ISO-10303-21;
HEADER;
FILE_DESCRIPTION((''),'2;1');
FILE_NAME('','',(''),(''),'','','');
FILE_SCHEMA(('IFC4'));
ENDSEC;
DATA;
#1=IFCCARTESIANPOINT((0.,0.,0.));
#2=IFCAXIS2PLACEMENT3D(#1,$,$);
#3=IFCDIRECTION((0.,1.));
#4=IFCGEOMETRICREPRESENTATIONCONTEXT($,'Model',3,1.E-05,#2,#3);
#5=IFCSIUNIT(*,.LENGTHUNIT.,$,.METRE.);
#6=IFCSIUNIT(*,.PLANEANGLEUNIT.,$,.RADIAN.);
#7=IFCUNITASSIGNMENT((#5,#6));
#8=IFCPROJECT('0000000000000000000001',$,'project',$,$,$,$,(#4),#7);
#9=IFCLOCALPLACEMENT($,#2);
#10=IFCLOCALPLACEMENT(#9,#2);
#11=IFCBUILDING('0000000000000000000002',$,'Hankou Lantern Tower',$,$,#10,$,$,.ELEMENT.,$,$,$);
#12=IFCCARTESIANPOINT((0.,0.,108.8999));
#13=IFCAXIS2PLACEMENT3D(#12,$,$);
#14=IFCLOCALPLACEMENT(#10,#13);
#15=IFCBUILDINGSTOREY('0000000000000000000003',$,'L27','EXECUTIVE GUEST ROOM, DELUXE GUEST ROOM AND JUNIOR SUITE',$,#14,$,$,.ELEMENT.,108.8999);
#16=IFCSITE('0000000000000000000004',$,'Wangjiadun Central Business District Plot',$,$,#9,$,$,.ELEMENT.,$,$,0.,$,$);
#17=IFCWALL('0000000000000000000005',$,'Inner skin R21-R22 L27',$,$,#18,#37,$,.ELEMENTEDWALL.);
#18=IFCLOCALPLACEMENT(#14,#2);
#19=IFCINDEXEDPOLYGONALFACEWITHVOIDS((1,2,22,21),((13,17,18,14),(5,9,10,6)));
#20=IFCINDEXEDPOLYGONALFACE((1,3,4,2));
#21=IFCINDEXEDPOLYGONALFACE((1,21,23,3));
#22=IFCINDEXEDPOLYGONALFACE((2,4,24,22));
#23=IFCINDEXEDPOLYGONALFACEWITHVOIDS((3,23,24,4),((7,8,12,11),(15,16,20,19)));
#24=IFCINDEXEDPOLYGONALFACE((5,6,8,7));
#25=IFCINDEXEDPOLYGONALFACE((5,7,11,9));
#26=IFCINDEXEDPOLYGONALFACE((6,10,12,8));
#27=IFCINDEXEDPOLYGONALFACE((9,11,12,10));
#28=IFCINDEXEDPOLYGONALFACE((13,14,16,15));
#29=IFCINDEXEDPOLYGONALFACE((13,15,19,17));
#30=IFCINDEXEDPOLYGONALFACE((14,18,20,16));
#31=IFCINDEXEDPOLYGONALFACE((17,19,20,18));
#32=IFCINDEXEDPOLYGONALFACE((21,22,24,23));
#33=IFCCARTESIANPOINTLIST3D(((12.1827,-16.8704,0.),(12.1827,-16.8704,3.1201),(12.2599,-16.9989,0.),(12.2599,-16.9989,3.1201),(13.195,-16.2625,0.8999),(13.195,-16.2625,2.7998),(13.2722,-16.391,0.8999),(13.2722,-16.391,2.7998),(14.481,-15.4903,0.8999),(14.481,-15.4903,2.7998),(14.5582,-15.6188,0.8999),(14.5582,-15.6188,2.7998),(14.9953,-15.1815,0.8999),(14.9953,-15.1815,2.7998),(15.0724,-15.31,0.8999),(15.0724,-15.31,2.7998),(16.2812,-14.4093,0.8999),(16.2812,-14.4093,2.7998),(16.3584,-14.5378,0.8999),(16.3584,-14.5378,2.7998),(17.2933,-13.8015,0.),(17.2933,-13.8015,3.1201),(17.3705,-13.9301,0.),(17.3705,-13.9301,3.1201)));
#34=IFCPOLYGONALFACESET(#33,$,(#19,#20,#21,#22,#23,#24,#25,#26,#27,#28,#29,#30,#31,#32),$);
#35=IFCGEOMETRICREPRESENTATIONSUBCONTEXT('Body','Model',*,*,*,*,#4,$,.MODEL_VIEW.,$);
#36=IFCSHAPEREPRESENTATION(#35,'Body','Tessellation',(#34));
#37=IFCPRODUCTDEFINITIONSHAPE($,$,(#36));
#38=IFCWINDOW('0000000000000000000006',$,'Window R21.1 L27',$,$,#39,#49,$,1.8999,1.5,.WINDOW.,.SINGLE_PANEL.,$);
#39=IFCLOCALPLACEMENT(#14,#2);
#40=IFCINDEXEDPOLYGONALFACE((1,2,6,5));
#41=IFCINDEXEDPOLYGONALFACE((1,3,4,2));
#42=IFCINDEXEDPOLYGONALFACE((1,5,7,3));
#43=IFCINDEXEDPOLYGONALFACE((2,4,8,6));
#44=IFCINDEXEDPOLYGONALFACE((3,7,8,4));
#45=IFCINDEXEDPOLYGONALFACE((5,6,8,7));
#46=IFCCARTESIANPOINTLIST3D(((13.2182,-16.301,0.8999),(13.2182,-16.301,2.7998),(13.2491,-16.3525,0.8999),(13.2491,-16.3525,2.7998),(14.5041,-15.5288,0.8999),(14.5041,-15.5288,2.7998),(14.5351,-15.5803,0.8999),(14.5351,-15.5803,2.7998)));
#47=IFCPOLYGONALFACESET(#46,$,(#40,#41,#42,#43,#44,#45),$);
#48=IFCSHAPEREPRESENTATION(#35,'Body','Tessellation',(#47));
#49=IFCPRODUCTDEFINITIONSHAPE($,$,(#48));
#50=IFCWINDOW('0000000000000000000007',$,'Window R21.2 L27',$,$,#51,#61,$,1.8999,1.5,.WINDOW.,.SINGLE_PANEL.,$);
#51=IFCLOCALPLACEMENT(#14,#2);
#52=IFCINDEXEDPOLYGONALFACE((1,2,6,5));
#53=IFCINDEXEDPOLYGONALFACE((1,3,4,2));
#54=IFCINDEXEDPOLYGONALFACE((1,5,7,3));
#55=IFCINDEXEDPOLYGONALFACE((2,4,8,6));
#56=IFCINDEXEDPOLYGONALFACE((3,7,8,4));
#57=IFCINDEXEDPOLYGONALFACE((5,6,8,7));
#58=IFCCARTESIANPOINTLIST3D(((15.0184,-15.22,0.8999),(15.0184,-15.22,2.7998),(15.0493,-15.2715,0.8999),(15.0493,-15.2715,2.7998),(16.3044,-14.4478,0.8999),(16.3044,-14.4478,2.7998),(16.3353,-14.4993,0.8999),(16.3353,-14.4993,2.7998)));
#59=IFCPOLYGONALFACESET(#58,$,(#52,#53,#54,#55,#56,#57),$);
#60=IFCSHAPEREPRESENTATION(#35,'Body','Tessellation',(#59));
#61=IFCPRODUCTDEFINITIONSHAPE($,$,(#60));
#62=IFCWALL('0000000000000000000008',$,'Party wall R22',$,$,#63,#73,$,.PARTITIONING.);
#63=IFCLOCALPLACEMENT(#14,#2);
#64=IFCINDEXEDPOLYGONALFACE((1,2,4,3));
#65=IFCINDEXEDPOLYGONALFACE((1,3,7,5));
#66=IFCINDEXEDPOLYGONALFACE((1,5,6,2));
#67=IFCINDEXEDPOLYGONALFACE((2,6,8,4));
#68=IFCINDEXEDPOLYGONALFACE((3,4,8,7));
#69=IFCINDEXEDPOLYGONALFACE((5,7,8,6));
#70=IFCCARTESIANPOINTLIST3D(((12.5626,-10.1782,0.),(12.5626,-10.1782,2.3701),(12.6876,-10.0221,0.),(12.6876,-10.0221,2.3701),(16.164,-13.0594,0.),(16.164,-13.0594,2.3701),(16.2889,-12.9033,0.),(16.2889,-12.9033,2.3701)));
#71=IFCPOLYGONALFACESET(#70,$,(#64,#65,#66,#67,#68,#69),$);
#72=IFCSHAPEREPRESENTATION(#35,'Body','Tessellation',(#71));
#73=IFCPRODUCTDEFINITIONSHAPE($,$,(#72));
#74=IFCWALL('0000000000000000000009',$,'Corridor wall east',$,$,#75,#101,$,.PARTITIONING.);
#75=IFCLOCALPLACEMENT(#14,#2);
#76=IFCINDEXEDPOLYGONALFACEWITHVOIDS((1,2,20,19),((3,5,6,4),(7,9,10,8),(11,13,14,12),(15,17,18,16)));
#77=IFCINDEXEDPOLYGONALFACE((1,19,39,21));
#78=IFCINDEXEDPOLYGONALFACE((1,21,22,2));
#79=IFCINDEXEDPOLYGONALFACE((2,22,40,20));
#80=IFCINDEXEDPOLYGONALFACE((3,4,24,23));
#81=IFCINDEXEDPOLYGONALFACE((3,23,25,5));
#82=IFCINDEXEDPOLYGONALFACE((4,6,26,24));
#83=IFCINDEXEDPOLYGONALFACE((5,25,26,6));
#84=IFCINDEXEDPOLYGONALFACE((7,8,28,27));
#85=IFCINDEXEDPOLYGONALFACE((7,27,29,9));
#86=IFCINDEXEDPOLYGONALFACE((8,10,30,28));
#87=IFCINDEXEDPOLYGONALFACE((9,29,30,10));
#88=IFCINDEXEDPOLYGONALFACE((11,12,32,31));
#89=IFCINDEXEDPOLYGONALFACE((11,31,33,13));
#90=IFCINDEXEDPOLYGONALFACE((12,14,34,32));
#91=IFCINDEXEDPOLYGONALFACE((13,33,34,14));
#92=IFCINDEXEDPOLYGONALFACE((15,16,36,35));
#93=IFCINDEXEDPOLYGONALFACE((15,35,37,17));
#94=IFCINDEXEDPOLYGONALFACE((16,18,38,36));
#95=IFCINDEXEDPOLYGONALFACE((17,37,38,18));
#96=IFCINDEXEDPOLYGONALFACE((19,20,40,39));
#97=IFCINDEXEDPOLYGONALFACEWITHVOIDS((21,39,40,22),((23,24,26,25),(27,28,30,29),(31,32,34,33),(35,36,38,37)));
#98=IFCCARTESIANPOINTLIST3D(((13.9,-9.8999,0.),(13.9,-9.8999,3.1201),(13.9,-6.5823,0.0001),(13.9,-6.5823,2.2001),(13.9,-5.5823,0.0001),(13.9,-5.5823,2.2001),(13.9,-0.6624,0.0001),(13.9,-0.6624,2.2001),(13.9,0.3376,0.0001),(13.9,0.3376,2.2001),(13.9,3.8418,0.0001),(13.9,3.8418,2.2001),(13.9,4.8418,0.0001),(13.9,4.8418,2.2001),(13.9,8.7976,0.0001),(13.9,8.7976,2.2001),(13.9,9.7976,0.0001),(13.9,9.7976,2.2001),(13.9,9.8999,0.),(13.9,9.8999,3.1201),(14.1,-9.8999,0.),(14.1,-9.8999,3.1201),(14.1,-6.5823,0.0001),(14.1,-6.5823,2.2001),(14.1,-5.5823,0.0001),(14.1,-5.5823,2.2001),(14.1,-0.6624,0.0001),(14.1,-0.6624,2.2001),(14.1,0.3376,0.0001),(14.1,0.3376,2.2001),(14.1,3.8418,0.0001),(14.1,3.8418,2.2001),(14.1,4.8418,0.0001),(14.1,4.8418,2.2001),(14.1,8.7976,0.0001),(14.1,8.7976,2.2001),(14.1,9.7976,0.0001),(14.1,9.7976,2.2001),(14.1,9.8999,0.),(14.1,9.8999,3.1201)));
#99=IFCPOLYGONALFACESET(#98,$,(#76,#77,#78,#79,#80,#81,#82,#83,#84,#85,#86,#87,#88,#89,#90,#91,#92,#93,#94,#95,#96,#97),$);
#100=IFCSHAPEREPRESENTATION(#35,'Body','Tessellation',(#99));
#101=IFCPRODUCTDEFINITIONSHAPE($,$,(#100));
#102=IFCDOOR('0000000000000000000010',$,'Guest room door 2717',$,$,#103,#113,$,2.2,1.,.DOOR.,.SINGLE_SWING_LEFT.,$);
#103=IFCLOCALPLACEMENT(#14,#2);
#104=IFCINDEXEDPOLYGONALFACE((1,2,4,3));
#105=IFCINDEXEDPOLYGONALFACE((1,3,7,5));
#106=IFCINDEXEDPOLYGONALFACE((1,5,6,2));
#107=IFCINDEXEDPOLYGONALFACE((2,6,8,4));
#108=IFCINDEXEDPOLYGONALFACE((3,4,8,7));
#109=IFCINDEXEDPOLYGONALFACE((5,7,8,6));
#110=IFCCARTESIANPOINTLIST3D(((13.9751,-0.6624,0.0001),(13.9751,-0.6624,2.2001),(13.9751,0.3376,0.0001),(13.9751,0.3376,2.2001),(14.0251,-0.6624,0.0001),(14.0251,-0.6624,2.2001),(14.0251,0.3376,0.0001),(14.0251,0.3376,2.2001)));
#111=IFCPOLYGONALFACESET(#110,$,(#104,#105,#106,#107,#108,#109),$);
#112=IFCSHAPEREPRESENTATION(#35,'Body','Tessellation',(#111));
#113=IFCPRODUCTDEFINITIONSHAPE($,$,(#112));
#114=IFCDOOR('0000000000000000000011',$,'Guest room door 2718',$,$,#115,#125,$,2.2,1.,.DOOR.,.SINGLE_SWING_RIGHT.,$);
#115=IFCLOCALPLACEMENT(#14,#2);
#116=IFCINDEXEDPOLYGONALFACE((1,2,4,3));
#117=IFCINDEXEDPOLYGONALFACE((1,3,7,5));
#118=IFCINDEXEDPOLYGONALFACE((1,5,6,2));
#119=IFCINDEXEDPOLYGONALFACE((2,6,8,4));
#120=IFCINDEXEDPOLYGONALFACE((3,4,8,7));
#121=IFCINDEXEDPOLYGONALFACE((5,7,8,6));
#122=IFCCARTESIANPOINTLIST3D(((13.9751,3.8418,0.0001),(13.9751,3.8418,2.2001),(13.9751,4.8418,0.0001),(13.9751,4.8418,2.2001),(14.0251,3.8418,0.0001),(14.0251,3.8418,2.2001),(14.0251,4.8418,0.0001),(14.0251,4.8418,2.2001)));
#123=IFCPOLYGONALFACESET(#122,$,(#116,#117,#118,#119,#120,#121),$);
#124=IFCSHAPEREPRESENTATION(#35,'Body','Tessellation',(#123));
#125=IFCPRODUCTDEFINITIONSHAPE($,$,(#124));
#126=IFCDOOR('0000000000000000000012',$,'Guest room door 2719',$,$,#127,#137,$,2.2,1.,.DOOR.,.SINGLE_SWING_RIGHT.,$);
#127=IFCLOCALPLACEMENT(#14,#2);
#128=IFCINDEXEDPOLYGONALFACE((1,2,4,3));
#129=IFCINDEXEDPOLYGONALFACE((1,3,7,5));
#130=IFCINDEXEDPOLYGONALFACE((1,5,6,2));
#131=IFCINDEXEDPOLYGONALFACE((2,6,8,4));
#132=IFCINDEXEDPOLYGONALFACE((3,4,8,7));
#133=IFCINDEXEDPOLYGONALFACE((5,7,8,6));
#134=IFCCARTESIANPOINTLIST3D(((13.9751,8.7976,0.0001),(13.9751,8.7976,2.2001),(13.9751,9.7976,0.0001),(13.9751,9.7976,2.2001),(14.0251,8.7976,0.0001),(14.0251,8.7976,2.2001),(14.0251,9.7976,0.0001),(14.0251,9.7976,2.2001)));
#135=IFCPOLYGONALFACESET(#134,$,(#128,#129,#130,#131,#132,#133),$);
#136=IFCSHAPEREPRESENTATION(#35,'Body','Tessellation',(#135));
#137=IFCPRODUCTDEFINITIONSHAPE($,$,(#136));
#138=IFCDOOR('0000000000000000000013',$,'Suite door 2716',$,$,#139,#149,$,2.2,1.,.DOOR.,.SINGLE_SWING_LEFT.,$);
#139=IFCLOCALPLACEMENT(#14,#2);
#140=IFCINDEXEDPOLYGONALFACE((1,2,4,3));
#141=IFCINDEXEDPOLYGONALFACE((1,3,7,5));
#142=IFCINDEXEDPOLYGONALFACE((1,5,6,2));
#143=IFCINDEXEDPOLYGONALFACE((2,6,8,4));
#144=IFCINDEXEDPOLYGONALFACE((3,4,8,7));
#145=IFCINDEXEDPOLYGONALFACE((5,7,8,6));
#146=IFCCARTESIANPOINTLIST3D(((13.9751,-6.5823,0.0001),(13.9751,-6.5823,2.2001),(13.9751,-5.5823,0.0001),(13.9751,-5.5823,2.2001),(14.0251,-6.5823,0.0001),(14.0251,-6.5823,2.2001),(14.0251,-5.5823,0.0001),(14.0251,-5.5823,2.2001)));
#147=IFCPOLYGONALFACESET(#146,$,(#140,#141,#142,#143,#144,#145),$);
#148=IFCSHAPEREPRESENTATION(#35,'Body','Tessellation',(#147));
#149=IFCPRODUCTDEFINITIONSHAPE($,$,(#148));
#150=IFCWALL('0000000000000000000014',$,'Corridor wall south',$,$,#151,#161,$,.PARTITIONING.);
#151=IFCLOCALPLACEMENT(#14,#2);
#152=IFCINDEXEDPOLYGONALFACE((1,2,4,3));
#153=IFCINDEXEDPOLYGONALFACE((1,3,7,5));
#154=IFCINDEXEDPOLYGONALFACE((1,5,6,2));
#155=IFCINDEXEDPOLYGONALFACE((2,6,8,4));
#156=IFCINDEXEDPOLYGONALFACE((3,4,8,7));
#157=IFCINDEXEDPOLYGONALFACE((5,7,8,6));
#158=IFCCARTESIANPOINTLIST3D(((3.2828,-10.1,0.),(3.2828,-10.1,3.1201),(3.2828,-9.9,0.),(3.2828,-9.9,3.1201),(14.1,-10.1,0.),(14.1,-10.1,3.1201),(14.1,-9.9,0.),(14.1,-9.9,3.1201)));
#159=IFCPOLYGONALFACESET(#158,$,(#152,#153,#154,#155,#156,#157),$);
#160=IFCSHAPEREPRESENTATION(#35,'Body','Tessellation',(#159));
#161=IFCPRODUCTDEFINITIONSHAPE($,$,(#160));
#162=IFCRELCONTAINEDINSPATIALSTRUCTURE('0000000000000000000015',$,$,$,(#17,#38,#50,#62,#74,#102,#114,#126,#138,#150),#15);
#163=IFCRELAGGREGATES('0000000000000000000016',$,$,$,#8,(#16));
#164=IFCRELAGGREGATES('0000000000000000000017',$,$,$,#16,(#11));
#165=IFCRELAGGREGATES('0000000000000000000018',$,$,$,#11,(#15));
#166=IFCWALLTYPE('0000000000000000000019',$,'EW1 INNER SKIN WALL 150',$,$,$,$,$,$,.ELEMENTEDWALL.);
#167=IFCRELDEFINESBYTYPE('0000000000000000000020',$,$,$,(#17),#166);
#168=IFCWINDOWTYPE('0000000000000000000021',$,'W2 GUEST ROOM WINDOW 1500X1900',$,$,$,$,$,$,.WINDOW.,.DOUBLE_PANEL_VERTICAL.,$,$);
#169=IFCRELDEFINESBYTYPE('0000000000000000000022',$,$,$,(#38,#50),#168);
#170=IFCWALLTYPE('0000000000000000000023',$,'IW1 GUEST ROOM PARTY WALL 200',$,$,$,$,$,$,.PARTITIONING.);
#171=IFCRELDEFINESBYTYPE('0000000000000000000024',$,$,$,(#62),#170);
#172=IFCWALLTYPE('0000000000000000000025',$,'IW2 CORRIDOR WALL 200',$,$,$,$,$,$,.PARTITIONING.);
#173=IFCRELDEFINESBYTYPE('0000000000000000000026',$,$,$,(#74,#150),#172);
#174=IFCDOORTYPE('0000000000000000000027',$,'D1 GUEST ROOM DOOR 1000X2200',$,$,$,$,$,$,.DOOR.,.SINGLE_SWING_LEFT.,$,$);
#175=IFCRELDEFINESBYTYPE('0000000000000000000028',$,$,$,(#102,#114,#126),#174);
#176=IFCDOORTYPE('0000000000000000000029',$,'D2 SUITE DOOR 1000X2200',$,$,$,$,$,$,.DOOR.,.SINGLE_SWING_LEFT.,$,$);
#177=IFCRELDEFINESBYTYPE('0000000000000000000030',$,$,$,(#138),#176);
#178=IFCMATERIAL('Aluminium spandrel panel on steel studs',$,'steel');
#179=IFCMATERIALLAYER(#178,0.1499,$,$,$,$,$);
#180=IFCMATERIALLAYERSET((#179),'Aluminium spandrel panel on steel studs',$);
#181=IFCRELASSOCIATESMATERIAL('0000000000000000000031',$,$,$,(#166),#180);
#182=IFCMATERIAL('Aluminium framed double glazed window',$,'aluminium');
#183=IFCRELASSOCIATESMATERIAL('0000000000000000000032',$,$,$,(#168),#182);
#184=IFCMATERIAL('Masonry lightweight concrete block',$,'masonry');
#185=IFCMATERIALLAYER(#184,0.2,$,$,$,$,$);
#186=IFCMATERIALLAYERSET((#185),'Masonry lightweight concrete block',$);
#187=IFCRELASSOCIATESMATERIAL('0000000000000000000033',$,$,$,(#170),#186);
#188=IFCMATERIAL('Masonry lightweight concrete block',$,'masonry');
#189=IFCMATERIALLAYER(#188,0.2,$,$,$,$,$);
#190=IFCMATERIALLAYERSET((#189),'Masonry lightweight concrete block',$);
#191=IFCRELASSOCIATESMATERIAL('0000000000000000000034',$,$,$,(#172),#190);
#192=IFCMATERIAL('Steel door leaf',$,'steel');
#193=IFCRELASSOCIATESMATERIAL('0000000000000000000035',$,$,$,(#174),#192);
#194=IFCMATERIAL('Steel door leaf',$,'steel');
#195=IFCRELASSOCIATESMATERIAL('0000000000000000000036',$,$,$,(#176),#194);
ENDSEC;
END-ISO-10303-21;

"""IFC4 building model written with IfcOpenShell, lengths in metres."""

from ifc_helpers import new_model, si_unit, direction, frame, frame_2d, origin, place, context, subcontext, project, spatial, rectangle, extrude, material, layer, layer_set, type_object, element, fill, save


model = new_model("IFC4")

# Units and contexts
model_context = context("Model", 3, precision=1e-05, world=origin(), true_north=direction((0.0, 1.0)))
body_context = subcontext(model_context, "Body", "Model", "MODEL_VIEW")
ifc_project = project(units=[si_unit("LENGTHUNIT", "METRE"), si_unit("PLANEANGLEUNIT", "RADIAN")], contexts=[model_context])

# Site, building, storey
site_placement = place(None, origin())
site = spatial("IfcSite", under=ifc_project, at=site_placement, Name="Wangjiadun Central Business District Plot", CompositionType="ELEMENT", RefElevation=0.0)
building_placement = place(site_placement, origin())
building = spatial("IfcBuilding", under=site, at=building_placement, Name="Hankou Lantern Tower", CompositionType="ELEMENT")
storey_placement = place(building_placement, frame((0.0, 0.0, 108.8999)))
storey = spatial("IfcBuildingStorey", under=building, at=storey_placement, Name="L27", Description="EXECUTIVE GUEST ROOM, DELUXE GUEST ROOM AND JUNIOR SUITE", CompositionType="ELEMENT", Elevation=108.8999)

# Wall, openings, windows
ifc_material_1 = material(Name="Aluminium spandrel panel on steel studs", Category="steel")
ifc_layer_1 = layer(ifc_material_1, 0.1499)
ifc_layer_set_1 = layer_set([ifc_layer_1], Name="Aluminium spandrel panel on steel studs")
wall_type_1 = type_object("IfcWallType", Name="EW1 INNER SKIN WALL 150", PredefinedType="ELEMENTEDWALL", material=ifc_layer_set_1)
wall_1_placement = place(storey_placement, frame((12.2214, -16.9346, 0.0), z_axis=(0.0, 0.0, 1.0), x_axis=(0.857309, 0.514803, 0.0)))
wall_1 = element("IfcWall", 1, at=wall_1_placement, inside=storey, type_object=wall_type_1, Name="Inner skin R21-R22 L27", PredefinedType="ELEMENTEDWALL", context=body_context, shape_type="SweptSolid", body=[
    extrude(rectangle(XDim=5.9612, YDim=0.1499, at=frame_2d((2.9805, 0.0))), origin(), (0.0, 0.0, 1.0), 3.1201),
])
opening_1_placement = place(wall_1_placement, frame((1.1807, 0.0, 0.8999)))
opening_1 = element("IfcOpeningElement", 2, at=opening_1_placement, cuts=wall_1, PredefinedType="OPENING", context=body_context, shape_type="SweptSolid", body=[
    extrude(rectangle(XDim=1.5, YDim=1.8999, at=frame_2d((0.75, 0.95))), frame((0.0, 0.085, 0.0), z_axis=(0.0, -1.0, 0.0), x_axis=(1.0, 0.0, 0.0)), (0.0, 0.0, 1.0), 0.1699),
])
opening_2_placement = place(wall_1_placement, frame((3.2805, 0.0, 0.8999)))
opening_2 = element("IfcOpeningElement", 3, at=opening_2_placement, cuts=wall_1, PredefinedType="OPENING", context=body_context, shape_type="SweptSolid", body=[
    extrude(rectangle(XDim=1.5, YDim=1.8999, at=frame_2d((0.75, 0.95))), frame((0.0, 0.085, 0.0), z_axis=(0.0, -1.0, 0.0), x_axis=(1.0, 0.0, 0.0)), (0.0, 0.0, 1.0), 0.1699),
])
ifc_material_2 = material(Name="Aluminium framed double glazed window", Category="aluminium")
window_type = type_object("IfcWindowType", Name="W2 GUEST ROOM WINDOW 1500X1900", PartitioningType="DOUBLE_PANEL_VERTICAL", PredefinedType="WINDOW", material=ifc_material_2)
window_1_placement = place(opening_1_placement, origin())
window_1 = element("IfcWindow", 4, at=window_1_placement, inside=storey, type_object=window_type, Name="Window R21.1 L27", OverallHeight=1.8999, OverallWidth=1.5, PartitioningType="SINGLE_PANEL", PredefinedType="WINDOW", context=body_context, shape_type="SweptSolid", body=[
    extrude(rectangle(XDim=1.5, YDim=1.8999, at=frame_2d((0.75, 0.95))), frame((0.0, 0.03, 0.0), z_axis=(0.0, -1.0, 0.0), x_axis=(1.0, 0.0, 0.0)), (0.0, 0.0, 1.0), 0.0601),
])
fill(opening_1, window_1)
window_2_placement = place(opening_2_placement, origin())
window_2 = element("IfcWindow", 5, at=window_2_placement, inside=storey, type_object=window_type, Name="Window R21.2 L27", OverallHeight=1.8999, OverallWidth=1.5, PartitioningType="SINGLE_PANEL", PredefinedType="WINDOW", context=body_context, shape_type="SweptSolid", body=[
    extrude(rectangle(XDim=1.5, YDim=1.8999, at=frame_2d((0.75, 0.95))), frame((0.0, 0.03, 0.0), z_axis=(0.0, -1.0, 0.0), x_axis=(1.0, 0.0, 0.0)), (0.0, 0.0, 1.0), 0.0601),
])
fill(opening_2, window_2)

# Wall
ifc_material_3 = material(Name="Masonry lightweight concrete block", Category="masonry")
ifc_layer_2 = layer(ifc_material_3, 0.2)
ifc_layer_set_2 = layer_set([ifc_layer_2], Name="Masonry lightweight concrete block")
wall_type_2 = type_object("IfcWallType", Name="IW1 GUEST ROOM PARTY WALL 200", PredefinedType="PARTITIONING", material=ifc_layer_set_2)
wall_2_placement = place(storey_placement, frame((12.625, -10.1001, 0.0), z_axis=(0.0, 0.0, 1.0), x_axis=(0.780864, -0.624702, 0.0)))
element("IfcWall", 6, at=wall_2_placement, inside=storey, type_object=wall_type_2, Name="Party wall R22", PredefinedType="PARTITIONING", context=body_context, shape_type="SweptSolid", body=[
    extrude(rectangle(XDim=4.6121, YDim=0.2, at=frame_2d((2.3062, 0.0))), origin(), (0.0, 0.0, 1.0), 2.3701),
])

# Wall, openings, doors
ifc_material_4 = material(Name="Masonry lightweight concrete block", Category="masonry")
ifc_layer_3 = layer(ifc_material_4, 0.2)
ifc_layer_set_3 = layer_set([ifc_layer_3], Name="Masonry lightweight concrete block")
wall_type_3 = type_object("IfcWallType", Name="IW2 CORRIDOR WALL 200", PredefinedType="PARTITIONING", material=ifc_layer_set_3)
wall_3_placement = place(storey_placement, frame((14.0, -9.8999, 0.0), z_axis=(0.0, 0.0, 1.0), x_axis=(0.0, 1.0, 0.0)))
wall_3 = element("IfcWall", 7, at=wall_3_placement, inside=storey, type_object=wall_type_3, Name="Corridor wall east", PredefinedType="PARTITIONING", context=body_context, shape_type="SweptSolid", body=[
    extrude(rectangle(XDim=19.7998, YDim=0.2, at=frame_2d((9.8999, 0.0))), origin(), (0.0, 0.0, 1.0), 3.1201),
])
opening_3_placement = place(wall_3_placement, frame((3.3176, 0.0, 0.0)))
opening_3 = element("IfcOpeningElement", 8, at=opening_3_placement, cuts=wall_3, PredefinedType="OPENING", context=body_context, shape_type="SweptSolid", body=[
    extrude(rectangle(XDim=1.0, YDim=2.2, at=frame_2d((0.5, 1.1001))), frame((0.0, 0.1099, 0.0), z_axis=(0.0, -1.0, 0.0), x_axis=(1.0, 0.0, 0.0)), (0.0, 0.0, 1.0), 0.22),
])
opening_4_placement = place(wall_3_placement, frame((9.2375, 0.0, 0.0)))
opening_4 = element("IfcOpeningElement", 9, at=opening_4_placement, cuts=wall_3, PredefinedType="OPENING", context=body_context, shape_type="SweptSolid", body=[
    extrude(rectangle(XDim=1.0, YDim=2.2, at=frame_2d((0.5, 1.1001))), frame((0.0, 0.1099, 0.0), z_axis=(0.0, -1.0, 0.0), x_axis=(1.0, 0.0, 0.0)), (0.0, 0.0, 1.0), 0.22),
])
opening_5_placement = place(wall_3_placement, frame((13.7417, 0.0, 0.0)))
opening_5 = element("IfcOpeningElement", 10, at=opening_5_placement, cuts=wall_3, PredefinedType="OPENING", context=body_context, shape_type="SweptSolid", body=[
    extrude(rectangle(XDim=1.0, YDim=2.2, at=frame_2d((0.5, 1.1001))), frame((0.0, 0.1099, 0.0), z_axis=(0.0, -1.0, 0.0), x_axis=(1.0, 0.0, 0.0)), (0.0, 0.0, 1.0), 0.22),
])
opening_6_placement = place(wall_3_placement, frame((18.6975, 0.0, 0.0)))
opening_6 = element("IfcOpeningElement", 11, at=opening_6_placement, cuts=wall_3, PredefinedType="OPENING", context=body_context, shape_type="SweptSolid", body=[
    extrude(rectangle(XDim=1.0, YDim=2.2, at=frame_2d((0.5, 1.1001))), frame((0.0, 0.1099, 0.0), z_axis=(0.0, -1.0, 0.0), x_axis=(1.0, 0.0, 0.0)), (0.0, 0.0, 1.0), 0.22),
])
ifc_material_5 = material(Name="Steel door leaf", Category="steel")
door_type_1 = type_object("IfcDoorType", Name="D1 GUEST ROOM DOOR 1000X2200", OperationType="SINGLE_SWING_LEFT", PredefinedType="DOOR", material=ifc_material_5)
door_1_placement = place(opening_4_placement, origin())
door_1 = element("IfcDoor", 12, at=door_1_placement, inside=storey, type_object=door_type_1, Name="Guest room door 2717", OperationType="SINGLE_SWING_LEFT", OverallHeight=2.2, OverallWidth=1.0, PredefinedType="DOOR", context=body_context, shape_type="SweptSolid", body=[
    extrude(rectangle(XDim=1.0, YDim=2.2, at=frame_2d((0.5, 1.1001))), frame((0.0, 0.0249, 0.0), z_axis=(0.0, -1.0, 0.0), x_axis=(1.0, 0.0, 0.0)), (0.0, 0.0, 1.0), 0.05),
])
fill(opening_4, door_1)
door_2_placement = place(opening_5_placement, origin())
door_2 = element("IfcDoor", 13, at=door_2_placement, inside=storey, type_object=door_type_1, Name="Guest room door 2718", OperationType="SINGLE_SWING_RIGHT", OverallHeight=2.2, OverallWidth=1.0, PredefinedType="DOOR", context=body_context, shape_type="SweptSolid", body=[
    extrude(rectangle(XDim=1.0, YDim=2.2, at=frame_2d((0.5, 1.1001))), frame((0.0, 0.0249, 0.0), z_axis=(0.0, -1.0, 0.0), x_axis=(1.0, 0.0, 0.0)), (0.0, 0.0, 1.0), 0.05),
])
fill(opening_5, door_2)
door_3_placement = place(opening_6_placement, origin())
door_3 = element("IfcDoor", 14, at=door_3_placement, inside=storey, type_object=door_type_1, Name="Guest room door 2719", OperationType="SINGLE_SWING_RIGHT", OverallHeight=2.2, OverallWidth=1.0, PredefinedType="DOOR", context=body_context, shape_type="SweptSolid", body=[
    extrude(rectangle(XDim=1.0, YDim=2.2, at=frame_2d((0.5, 1.1001))), frame((0.0, 0.0249, 0.0), z_axis=(0.0, -1.0, 0.0), x_axis=(1.0, 0.0, 0.0)), (0.0, 0.0, 1.0), 0.05),
])
fill(opening_6, door_3)
ifc_material_6 = material(Name="Steel door leaf", Category="steel")
door_type_2 = type_object("IfcDoorType", Name="D2 SUITE DOOR 1000X2200", OperationType="SINGLE_SWING_LEFT", PredefinedType="DOOR", material=ifc_material_6)
door_4_placement = place(opening_3_placement, origin())
door_4 = element("IfcDoor", 15, at=door_4_placement, inside=storey, type_object=door_type_2, Name="Suite door 2716", OperationType="SINGLE_SWING_LEFT", OverallHeight=2.2, OverallWidth=1.0, PredefinedType="DOOR", context=body_context, shape_type="SweptSolid", body=[
    extrude(rectangle(XDim=1.0, YDim=2.2, at=frame_2d((0.5, 1.1001))), frame((0.0, 0.0249, 0.0), z_axis=(0.0, -1.0, 0.0), x_axis=(1.0, 0.0, 0.0)), (0.0, 0.0, 1.0), 0.05),
])
fill(opening_3, door_4)

# Wall
wall_4_placement = place(storey_placement, frame((14.1001, -10.0, 0.0), z_axis=(0.0, 0.0, 1.0), x_axis=(-1.0, 0.0, 0.0)))
element("IfcWall", 16, at=wall_4_placement, inside=storey, type_object=wall_type_3, Name="Corridor wall south", PredefinedType="PARTITIONING", context=body_context, shape_type="SweptSolid", body=[
    extrude(rectangle(XDim=10.8171, YDim=0.2, at=frame_2d((5.4087, 0.0))), origin(), (0.0, 0.0, 1.0), 3.1201),
])

save(model, "model.ifc")
